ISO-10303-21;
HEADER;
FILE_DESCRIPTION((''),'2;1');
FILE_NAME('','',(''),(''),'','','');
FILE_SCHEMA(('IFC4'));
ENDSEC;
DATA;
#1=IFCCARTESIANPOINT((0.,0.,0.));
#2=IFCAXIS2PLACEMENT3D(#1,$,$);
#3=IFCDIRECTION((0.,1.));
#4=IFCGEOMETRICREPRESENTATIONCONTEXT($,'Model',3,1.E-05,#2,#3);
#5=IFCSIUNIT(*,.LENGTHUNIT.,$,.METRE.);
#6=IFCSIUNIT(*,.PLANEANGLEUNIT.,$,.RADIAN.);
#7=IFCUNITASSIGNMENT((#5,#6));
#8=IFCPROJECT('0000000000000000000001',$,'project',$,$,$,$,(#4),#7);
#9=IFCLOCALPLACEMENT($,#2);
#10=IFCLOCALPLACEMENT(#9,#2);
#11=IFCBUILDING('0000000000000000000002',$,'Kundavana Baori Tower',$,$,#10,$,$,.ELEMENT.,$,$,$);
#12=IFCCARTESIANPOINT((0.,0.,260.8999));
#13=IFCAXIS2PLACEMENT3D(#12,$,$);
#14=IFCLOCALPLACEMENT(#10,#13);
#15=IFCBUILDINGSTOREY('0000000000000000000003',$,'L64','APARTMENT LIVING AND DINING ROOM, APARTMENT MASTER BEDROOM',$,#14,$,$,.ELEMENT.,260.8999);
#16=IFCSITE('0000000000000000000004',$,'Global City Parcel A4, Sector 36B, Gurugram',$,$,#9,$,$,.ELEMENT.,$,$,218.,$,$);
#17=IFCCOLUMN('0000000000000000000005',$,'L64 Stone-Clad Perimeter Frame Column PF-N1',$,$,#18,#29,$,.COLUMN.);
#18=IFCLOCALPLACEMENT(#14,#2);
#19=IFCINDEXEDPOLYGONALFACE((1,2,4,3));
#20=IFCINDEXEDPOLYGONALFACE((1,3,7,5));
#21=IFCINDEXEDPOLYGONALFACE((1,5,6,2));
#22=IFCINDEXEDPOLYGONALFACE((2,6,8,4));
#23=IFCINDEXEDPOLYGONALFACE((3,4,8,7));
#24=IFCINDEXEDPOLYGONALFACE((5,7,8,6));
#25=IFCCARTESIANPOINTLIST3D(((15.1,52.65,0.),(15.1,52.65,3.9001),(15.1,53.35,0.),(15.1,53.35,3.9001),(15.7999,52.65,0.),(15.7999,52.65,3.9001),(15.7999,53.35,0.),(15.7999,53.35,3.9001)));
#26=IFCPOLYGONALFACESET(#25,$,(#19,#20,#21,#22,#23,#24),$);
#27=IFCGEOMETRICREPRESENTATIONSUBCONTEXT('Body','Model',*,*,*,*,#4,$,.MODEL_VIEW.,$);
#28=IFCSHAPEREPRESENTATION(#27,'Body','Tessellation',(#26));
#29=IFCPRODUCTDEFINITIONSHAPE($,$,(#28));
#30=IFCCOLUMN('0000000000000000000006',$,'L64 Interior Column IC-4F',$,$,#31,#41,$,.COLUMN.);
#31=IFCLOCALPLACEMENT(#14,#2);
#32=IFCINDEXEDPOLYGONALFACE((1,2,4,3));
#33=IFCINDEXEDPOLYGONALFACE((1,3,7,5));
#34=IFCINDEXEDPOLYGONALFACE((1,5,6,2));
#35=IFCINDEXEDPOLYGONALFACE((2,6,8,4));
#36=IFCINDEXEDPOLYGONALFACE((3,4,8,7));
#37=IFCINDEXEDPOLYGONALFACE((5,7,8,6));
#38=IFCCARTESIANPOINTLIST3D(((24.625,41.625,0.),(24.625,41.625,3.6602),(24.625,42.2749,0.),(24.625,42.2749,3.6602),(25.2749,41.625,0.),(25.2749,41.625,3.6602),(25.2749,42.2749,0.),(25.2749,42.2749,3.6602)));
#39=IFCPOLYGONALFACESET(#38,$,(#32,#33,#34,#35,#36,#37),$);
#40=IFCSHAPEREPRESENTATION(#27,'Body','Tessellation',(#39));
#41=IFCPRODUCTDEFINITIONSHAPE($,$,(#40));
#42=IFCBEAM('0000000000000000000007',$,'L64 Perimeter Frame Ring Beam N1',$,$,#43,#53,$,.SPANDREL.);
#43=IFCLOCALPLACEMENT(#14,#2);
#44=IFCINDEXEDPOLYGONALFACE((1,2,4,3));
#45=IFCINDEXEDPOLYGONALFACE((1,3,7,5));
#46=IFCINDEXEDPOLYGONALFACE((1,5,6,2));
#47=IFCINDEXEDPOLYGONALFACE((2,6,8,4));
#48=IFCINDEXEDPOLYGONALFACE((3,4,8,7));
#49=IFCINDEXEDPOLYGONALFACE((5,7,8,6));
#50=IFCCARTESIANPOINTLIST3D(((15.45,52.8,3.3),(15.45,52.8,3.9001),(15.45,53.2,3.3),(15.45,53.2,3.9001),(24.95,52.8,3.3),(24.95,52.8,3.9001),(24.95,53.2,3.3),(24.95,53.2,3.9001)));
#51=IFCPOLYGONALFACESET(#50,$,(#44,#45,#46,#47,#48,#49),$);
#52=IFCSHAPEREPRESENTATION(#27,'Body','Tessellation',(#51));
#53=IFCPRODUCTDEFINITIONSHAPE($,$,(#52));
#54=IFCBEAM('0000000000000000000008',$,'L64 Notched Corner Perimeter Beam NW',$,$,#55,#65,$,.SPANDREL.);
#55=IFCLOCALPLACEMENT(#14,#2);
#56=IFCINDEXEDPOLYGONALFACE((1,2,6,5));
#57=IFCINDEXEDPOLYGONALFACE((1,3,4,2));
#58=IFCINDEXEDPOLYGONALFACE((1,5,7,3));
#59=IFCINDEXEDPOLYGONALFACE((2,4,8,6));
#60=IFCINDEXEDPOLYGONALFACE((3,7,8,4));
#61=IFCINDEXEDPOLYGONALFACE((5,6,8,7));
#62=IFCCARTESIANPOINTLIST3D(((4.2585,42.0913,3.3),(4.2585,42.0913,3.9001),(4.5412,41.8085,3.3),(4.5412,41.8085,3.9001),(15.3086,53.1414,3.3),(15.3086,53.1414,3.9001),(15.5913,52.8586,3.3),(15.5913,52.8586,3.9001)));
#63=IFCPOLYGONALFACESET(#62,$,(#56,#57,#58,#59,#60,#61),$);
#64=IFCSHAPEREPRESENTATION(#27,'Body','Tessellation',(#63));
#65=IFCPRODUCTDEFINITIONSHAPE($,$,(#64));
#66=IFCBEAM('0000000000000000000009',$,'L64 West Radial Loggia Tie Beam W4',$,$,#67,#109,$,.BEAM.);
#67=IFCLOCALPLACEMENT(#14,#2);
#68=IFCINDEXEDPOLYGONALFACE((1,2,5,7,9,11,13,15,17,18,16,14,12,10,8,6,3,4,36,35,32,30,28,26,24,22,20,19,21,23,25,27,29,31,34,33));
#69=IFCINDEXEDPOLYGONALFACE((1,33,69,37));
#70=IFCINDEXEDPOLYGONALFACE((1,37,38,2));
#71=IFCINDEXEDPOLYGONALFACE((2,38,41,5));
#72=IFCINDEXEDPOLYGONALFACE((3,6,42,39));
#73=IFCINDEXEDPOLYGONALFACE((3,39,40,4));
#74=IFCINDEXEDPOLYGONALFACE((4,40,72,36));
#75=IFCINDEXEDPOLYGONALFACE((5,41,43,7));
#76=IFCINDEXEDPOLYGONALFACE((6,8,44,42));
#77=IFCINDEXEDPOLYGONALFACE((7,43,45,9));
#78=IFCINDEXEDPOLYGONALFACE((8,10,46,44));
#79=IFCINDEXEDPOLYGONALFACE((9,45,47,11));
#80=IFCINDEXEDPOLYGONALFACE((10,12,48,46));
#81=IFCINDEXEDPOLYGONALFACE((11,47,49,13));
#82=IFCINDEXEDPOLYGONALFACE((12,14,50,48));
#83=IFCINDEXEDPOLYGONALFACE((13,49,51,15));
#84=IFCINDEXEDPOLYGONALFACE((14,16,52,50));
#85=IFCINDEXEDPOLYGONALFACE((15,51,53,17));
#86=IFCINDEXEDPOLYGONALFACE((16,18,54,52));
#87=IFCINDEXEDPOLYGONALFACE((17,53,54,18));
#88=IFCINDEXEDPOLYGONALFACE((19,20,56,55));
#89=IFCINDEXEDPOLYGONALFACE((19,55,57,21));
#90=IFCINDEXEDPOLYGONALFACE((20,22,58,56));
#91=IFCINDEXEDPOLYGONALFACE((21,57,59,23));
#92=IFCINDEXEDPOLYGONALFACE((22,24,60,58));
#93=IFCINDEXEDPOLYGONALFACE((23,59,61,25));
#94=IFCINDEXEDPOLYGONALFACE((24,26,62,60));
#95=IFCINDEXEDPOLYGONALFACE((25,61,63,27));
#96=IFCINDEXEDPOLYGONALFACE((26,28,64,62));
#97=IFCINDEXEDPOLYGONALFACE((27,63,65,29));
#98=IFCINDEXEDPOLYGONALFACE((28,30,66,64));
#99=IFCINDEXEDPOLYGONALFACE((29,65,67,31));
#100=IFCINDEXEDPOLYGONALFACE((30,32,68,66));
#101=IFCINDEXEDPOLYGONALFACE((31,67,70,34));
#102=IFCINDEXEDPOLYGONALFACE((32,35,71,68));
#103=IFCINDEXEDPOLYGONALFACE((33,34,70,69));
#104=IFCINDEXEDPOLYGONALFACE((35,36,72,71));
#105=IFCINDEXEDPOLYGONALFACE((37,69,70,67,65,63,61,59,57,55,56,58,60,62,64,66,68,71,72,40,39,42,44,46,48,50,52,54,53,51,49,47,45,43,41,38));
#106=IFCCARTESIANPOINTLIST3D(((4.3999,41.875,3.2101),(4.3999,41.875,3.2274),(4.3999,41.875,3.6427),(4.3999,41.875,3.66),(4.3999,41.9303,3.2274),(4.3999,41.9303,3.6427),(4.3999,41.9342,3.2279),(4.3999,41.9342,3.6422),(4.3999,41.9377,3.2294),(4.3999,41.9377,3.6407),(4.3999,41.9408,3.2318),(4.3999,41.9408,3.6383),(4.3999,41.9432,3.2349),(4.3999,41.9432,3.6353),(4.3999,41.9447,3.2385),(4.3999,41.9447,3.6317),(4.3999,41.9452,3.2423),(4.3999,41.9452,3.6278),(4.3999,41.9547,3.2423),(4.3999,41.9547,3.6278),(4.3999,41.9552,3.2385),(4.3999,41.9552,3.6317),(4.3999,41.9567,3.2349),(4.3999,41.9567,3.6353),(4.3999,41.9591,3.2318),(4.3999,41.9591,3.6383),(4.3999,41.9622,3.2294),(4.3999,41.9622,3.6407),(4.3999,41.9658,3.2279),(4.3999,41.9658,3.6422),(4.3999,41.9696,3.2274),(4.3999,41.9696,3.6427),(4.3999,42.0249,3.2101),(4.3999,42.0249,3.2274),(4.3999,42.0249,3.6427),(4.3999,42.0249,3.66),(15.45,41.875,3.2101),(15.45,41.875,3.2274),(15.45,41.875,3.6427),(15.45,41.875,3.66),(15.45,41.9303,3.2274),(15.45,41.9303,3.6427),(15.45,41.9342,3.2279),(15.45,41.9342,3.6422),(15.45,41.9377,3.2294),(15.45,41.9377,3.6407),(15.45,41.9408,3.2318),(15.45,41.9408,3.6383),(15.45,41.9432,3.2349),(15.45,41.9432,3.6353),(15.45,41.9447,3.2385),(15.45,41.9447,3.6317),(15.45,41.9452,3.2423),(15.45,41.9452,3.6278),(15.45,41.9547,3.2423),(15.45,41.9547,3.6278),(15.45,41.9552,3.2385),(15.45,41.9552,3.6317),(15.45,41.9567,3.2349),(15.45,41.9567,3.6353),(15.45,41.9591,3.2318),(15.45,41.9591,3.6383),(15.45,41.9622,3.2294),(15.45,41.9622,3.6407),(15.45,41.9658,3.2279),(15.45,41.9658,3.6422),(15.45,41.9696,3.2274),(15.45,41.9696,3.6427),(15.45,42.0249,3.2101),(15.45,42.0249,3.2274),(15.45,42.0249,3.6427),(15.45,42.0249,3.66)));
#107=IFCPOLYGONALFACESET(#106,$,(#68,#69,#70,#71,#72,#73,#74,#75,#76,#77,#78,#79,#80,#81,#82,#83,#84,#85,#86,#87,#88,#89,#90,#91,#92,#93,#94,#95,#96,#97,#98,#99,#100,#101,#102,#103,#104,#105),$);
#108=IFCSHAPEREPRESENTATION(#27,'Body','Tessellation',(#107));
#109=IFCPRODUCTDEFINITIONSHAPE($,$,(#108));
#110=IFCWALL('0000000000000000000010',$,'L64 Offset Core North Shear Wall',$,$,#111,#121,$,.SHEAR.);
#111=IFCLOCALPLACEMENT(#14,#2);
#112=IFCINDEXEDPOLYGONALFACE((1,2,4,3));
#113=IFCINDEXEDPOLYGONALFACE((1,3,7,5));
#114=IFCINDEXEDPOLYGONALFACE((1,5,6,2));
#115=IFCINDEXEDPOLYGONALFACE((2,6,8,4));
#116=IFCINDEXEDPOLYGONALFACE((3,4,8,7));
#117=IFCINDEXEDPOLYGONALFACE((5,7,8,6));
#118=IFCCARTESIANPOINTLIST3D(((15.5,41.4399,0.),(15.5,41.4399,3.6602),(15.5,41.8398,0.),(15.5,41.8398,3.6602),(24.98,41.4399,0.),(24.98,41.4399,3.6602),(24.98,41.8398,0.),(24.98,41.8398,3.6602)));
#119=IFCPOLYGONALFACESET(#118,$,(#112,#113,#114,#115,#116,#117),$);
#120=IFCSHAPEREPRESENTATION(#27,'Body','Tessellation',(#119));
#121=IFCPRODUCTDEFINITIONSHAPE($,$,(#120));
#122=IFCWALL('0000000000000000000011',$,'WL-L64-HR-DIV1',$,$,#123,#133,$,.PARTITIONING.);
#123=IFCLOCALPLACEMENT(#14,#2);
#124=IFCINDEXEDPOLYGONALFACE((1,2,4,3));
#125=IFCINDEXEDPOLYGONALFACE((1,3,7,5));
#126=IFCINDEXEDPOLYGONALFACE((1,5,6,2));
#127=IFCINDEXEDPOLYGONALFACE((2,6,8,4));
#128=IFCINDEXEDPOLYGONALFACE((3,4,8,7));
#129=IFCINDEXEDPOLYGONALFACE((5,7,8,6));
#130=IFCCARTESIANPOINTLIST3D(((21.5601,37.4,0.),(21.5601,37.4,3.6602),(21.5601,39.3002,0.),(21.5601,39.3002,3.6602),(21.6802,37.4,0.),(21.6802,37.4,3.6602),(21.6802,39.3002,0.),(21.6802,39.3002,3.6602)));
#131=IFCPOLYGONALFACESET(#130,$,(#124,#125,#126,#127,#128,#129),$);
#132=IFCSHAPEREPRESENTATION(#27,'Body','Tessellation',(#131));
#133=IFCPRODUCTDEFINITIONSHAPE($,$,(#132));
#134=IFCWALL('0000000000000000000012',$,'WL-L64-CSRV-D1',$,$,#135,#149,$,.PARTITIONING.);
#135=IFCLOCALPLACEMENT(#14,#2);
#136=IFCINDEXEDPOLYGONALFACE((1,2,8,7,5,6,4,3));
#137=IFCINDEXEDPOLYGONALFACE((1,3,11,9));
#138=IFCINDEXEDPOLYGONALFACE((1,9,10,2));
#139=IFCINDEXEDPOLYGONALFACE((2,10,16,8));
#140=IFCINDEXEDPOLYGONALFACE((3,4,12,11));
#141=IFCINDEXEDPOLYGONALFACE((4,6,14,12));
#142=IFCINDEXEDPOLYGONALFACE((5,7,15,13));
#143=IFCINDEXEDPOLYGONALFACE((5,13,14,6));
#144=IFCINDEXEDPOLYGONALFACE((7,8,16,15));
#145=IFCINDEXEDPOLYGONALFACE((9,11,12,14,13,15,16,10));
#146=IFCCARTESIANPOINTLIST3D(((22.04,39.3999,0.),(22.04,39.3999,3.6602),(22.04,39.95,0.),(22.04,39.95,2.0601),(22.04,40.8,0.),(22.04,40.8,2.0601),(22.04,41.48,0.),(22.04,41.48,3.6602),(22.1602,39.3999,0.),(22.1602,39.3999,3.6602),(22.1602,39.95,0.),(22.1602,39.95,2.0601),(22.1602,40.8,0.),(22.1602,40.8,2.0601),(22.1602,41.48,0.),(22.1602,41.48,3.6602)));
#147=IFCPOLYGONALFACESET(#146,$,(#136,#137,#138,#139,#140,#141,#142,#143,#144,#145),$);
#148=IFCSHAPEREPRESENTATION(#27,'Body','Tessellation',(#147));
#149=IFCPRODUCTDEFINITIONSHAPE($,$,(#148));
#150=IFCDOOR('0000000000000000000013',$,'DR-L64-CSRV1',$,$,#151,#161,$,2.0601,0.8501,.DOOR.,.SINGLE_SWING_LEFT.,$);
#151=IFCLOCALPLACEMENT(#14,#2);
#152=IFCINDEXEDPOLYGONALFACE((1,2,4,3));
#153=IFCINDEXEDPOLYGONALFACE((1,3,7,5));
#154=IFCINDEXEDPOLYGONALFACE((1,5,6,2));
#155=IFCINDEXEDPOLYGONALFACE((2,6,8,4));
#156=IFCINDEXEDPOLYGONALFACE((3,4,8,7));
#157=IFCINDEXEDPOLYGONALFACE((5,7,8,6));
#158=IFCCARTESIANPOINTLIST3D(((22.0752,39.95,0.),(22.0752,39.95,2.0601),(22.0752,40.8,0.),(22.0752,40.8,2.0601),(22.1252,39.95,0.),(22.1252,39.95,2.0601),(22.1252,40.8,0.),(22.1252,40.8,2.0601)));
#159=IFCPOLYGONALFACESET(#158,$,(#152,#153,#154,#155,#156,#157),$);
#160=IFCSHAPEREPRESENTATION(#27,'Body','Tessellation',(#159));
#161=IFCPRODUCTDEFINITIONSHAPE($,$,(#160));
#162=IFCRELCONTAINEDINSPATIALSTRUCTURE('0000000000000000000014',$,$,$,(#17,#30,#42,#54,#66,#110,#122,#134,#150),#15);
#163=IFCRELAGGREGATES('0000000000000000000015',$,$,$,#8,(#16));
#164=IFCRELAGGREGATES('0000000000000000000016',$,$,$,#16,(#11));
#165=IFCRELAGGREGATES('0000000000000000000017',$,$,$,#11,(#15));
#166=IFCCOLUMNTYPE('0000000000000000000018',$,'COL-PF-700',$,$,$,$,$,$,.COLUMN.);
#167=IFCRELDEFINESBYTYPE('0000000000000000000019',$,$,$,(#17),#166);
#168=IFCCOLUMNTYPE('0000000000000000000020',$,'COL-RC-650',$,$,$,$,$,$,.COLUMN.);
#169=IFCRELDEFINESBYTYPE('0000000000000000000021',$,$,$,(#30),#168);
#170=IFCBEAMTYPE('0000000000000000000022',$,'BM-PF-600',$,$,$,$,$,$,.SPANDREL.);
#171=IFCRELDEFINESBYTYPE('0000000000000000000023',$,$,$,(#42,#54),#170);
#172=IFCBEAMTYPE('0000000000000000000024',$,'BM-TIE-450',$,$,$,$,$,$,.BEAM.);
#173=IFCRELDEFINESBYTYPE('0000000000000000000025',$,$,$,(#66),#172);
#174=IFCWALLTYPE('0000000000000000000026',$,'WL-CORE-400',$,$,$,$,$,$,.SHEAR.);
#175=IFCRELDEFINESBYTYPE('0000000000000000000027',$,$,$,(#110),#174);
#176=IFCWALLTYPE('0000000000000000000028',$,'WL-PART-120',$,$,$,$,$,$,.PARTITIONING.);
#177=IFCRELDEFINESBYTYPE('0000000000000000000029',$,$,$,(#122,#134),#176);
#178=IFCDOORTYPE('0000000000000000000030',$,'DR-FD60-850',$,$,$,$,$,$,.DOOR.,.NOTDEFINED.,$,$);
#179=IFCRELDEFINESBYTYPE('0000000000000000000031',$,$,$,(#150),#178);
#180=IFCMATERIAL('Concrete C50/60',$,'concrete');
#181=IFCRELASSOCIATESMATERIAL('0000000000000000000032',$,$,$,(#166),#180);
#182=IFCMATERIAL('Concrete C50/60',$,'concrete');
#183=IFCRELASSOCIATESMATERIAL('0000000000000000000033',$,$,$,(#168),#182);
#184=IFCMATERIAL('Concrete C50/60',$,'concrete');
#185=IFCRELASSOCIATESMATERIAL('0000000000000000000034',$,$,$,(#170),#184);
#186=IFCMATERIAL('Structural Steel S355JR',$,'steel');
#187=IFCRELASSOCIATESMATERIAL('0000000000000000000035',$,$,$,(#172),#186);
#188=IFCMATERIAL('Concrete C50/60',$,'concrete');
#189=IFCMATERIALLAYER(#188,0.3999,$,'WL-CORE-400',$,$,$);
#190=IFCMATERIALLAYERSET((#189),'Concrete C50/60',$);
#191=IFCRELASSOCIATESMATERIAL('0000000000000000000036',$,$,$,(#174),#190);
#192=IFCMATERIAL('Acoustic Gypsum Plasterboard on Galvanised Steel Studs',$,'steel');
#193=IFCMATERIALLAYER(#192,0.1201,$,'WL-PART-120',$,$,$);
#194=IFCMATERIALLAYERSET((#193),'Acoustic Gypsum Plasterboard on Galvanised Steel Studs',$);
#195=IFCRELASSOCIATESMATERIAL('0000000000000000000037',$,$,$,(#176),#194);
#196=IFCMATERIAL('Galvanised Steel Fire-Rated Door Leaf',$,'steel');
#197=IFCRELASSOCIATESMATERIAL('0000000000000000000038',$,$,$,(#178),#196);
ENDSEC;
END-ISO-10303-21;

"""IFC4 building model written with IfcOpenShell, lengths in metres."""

from ifc_helpers import new_model, si_unit, direction, frame, frame_2d, origin, origin_2d, place, context, subcontext, project, spatial, rectangle, i_section, extrude, material, layer, layer_set, material_profile, profile_set, type_object, element, fill, save


model = new_model("IFC4")

# Units and contexts
model_context = context("Model", 3, precision=1e-05, world=origin(), true_north=direction((0.0, 1.0)))
body_context = subcontext(model_context, "Body", "Model", "MODEL_VIEW")
ifc_project = project(units=[si_unit("LENGTHUNIT", "METRE"), si_unit("PLANEANGLEUNIT", "RADIAN")], contexts=[model_context])

# Site, building, storey
site_placement = place(None, origin())
site = spatial("IfcSite", under=ifc_project, at=site_placement, Name="Global City Parcel A4, Sector 36B, Gurugram", CompositionType="ELEMENT", RefElevation=218.0)
building_placement = place(site_placement, origin())
building = spatial("IfcBuilding", under=site, at=building_placement, Name="Kundavana Baori Tower", CompositionType="ELEMENT")
storey_placement = place(building_placement, frame((0.0, 0.0, 260.8999)))
storey = spatial("IfcBuildingStorey", under=building, at=storey_placement, Name="L64", Description="APARTMENT LIVING AND DINING ROOM, APARTMENT MASTER BEDROOM", CompositionType="ELEMENT", Elevation=260.8999)

# Columns
ifc_material_1 = material(Name="Concrete C50/60", Category="concrete")
ifc_material_profile_1 = material_profile(ifc_material_1, rectangle(XDim=0.7, YDim=0.7, at=origin_2d()), Name="RC PF 700x700")
ifc_profile_set_1 = profile_set([ifc_material_profile_1], Name="Concrete C50/60")
column_type_1 = type_object("IfcColumnType", Name="COL-PF-700", PredefinedType="COLUMN", material=ifc_profile_set_1)
column_1_placement = place(storey_placement, frame((15.45, 53.0, 0.0), z_axis=(0.0, 0.0, 1.0), x_axis=(1.0, 0.0, 0.0)))
element("IfcColumn", 1, at=column_1_placement, inside=storey, type_object=column_type_1, Name="L64 Stone-Clad Perimeter Frame Column PF-N1", PredefinedType="COLUMN", context=body_context, shape_type="SweptSolid", body=[
    extrude(rectangle(XDim=0.7, YDim=0.7, at=origin_2d()), origin(), (0.0, 0.0, 1.0), 3.9001),
])
ifc_material_2 = material(Name="Concrete C50/60", Category="concrete")
ifc_material_profile_2 = material_profile(ifc_material_2, rectangle(XDim=0.6499, YDim=0.6499, at=origin_2d()), Name="RC 650x650")
ifc_profile_set_2 = profile_set([ifc_material_profile_2], Name="Concrete C50/60")
column_type_2 = type_object("IfcColumnType", Name="COL-RC-650", PredefinedType="COLUMN", material=ifc_profile_set_2)
column_2_placement = place(storey_placement, frame((24.95, 41.95, 0.0), z_axis=(0.0, 0.0, 1.0), x_axis=(1.0, 0.0, 0.0)))
element("IfcColumn", 2, at=column_2_placement, inside=storey, type_object=column_type_2, Name="L64 Interior Column IC-4F", PredefinedType="COLUMN", context=body_context, shape_type="SweptSolid", body=[
    extrude(rectangle(XDim=0.6499, YDim=0.6499, at=origin_2d()), origin(), (0.0, 0.0, 1.0), 3.6602),
])

# Beams
ifc_material_3 = material(Name="Concrete C50/60", Category="concrete")
ifc_material_profile_3 = material_profile(ifc_material_3, rectangle(XDim=0.3999, YDim=0.6001, at=origin_2d()), Name="RC BM 400x600")
ifc_profile_set_3 = profile_set([ifc_material_profile_3], Name="Concrete C50/60")
beam_type_1 = type_object("IfcBeamType", Name="BM-PF-600", PredefinedType="SPANDREL", material=ifc_profile_set_3)
beam_1_placement = place(storey_placement, frame((15.45, 53.0, 3.6001), z_axis=(1.0, 0.0, 0.0), x_axis=(0.0, 1.0, 0.0)))
element("IfcBeam", 3, at=beam_1_placement, inside=storey, type_object=beam_type_1, Name="L64 Perimeter Frame Ring Beam N1", PredefinedType="SPANDREL", context=body_context, shape_type="SweptSolid", body=[
    extrude(rectangle(XDim=0.3999, YDim=0.6001, at=origin_2d()), origin(), (0.0, 0.0, 1.0), 9.5),
])
beam_2_placement = place(storey_placement, frame((15.45, 53.0, 3.6001), z_axis=(-0.707107, -0.707107, 0.0), x_axis=(0.707107, -0.707107, 0.0)))
element("IfcBeam", 4, at=beam_2_placement, inside=storey, type_object=beam_type_1, Name="L64 Notched Corner Perimeter Beam NW", PredefinedType="SPANDREL", context=body_context, shape_type="SweptSolid", body=[
    extrude(rectangle(XDim=0.3999, YDim=0.6001, at=origin_2d()), origin(), (0.0, 0.0, 1.0), 15.6272),
])
ifc_material_4 = material(Name="Structural Steel S355JR", Category="steel")
ifc_material_profile_4 = material_profile(ifc_material_4, i_section(OverallWidth=0.1499, OverallDepth=0.45, WebThickness=0.0095, FlangeThickness=0.0173, FilletRadius=0.0149, at=origin_2d()), Name="ISMB 450")
ifc_profile_set_4 = profile_set([ifc_material_profile_4], Name="Structural Steel S355JR")
beam_type_2 = type_object("IfcBeamType", Name="BM-TIE-450", PredefinedType="BEAM", material=ifc_profile_set_4)
beam_3_placement = place(storey_placement, frame((15.45, 41.95, 3.4351), z_axis=(-1.0, 0.0, 0.0), x_axis=(0.0, -1.0, 0.0)))
element("IfcBeam", 5, at=beam_3_placement, inside=storey, type_object=beam_type_2, Name="L64 West Radial Loggia Tie Beam W4", PredefinedType="BEAM", context=body_context, shape_type="SweptSolid", body=[
    extrude(i_section(OverallWidth=0.1499, OverallDepth=0.45, WebThickness=0.0095, FlangeThickness=0.0173, FilletRadius=0.0149, at=origin_2d()), origin(), (0.0, 0.0, 1.0), 11.05),
])

# Walls
ifc_material_5 = material(Name="Concrete C50/60", Category="concrete")
ifc_layer_1 = layer(ifc_material_5, 0.3999, Name="WL-CORE-400")
ifc_layer_set_1 = layer_set([ifc_layer_1], Name="Concrete C50/60")
wall_type_1 = type_object("IfcWallType", Name="WL-CORE-400", PredefinedType="SHEAR", material=ifc_layer_set_1)
wall_1_placement = place(storey_placement, frame((15.5, 41.6399, 0.0), z_axis=(0.0, 0.0, 1.0), x_axis=(1.0, 0.0, 0.0)))
element("IfcWall", 6, at=wall_1_placement, inside=storey, type_object=wall_type_1, Name="L64 Offset Core North Shear Wall", PredefinedType="SHEAR", context=body_context, shape_type="SweptSolid", body=[
    extrude(rectangle(XDim=9.48, YDim=0.3999, at=frame_2d((4.74, 0.0))), origin(), (0.0, 0.0, 1.0), 3.6602),
])
ifc_material_6 = material(Name="Acoustic Gypsum Plasterboard on Galvanised Steel Studs", Category="steel")
ifc_layer_2 = layer(ifc_material_6, 0.1201, Name="WL-PART-120")
ifc_layer_set_2 = layer_set([ifc_layer_2], Name="Acoustic Gypsum Plasterboard on Galvanised Steel Studs")
wall_type_2 = type_object("IfcWallType", Name="WL-PART-120", PredefinedType="PARTITIONING", material=ifc_layer_set_2)
wall_2_placement = place(storey_placement, frame((21.6201, 37.3999, 0.0), z_axis=(0.0, 0.0, 1.0), x_axis=(0.0, 1.0, 0.0)))
element("IfcWall", 7, at=wall_2_placement, inside=storey, type_object=wall_type_2, Name="WL-L64-HR-DIV1", PredefinedType="PARTITIONING", context=body_context, shape_type="SweptSolid", body=[
    extrude(rectangle(XDim=1.9001, YDim=0.1201, at=frame_2d((0.9502, 0.0))), origin(), (0.0, 0.0, 1.0), 3.6602),
])

# Wall, opening, door
wall_3_placement = place(storey_placement, frame((22.1001, 39.3999, 0.0), z_axis=(0.0, 0.0, 1.0), x_axis=(0.0, 1.0, 0.0)))
wall_3 = element("IfcWall", 8, at=wall_3_placement, inside=storey, type_object=wall_type_2, Name="WL-L64-CSRV-D1", PredefinedType="PARTITIONING", context=body_context, shape_type="SweptSolid", body=[
    extrude(rectangle(XDim=2.0801, YDim=0.1201, at=frame_2d((1.04, 0.0))), origin(), (0.0, 0.0, 1.0), 3.6602),
])
opening_1_placement = place(wall_3_placement, frame((0.55, 0.0, 0.0)))
opening_1 = element("IfcOpeningElement", 9, at=opening_1_placement, cuts=wall_3, PredefinedType="OPENING", context=body_context, shape_type="SweptSolid", body=[
    extrude(rectangle(XDim=0.8501, YDim=2.0601, at=frame_2d((0.425, 1.03))), frame((0.0, 0.0701, 0.0), z_axis=(0.0, -1.0, 0.0), x_axis=(1.0, 0.0, 0.0)), (0.0, 0.0, 1.0), 0.1401),
])
ifc_material_7 = material(Name="Galvanised Steel Fire-Rated Door Leaf", Category="steel")
door_type_1 = type_object("IfcDoorType", Name="DR-FD60-850", OperationType="NOTDEFINED", PredefinedType="DOOR", material=ifc_material_7)
door_1_placement = place(opening_1_placement, origin())
door_1 = element("IfcDoor", 10, at=door_1_placement, inside=storey, type_object=door_type_1, Name="DR-L64-CSRV1", OperationType="SINGLE_SWING_LEFT", OverallHeight=2.0601, OverallWidth=0.8501, PredefinedType="DOOR", context=body_context, shape_type="SweptSolid", body=[
    extrude(rectangle(XDim=0.8501, YDim=2.0601, at=frame_2d((0.425, 1.03))), frame((0.0, 0.0249, 0.0), z_axis=(0.0, -1.0, 0.0), x_axis=(1.0, 0.0, 0.0)), (0.0, 0.0, 1.0), 0.05),
])
fill(opening_1, door_1)

save(model, "model.ifc")
